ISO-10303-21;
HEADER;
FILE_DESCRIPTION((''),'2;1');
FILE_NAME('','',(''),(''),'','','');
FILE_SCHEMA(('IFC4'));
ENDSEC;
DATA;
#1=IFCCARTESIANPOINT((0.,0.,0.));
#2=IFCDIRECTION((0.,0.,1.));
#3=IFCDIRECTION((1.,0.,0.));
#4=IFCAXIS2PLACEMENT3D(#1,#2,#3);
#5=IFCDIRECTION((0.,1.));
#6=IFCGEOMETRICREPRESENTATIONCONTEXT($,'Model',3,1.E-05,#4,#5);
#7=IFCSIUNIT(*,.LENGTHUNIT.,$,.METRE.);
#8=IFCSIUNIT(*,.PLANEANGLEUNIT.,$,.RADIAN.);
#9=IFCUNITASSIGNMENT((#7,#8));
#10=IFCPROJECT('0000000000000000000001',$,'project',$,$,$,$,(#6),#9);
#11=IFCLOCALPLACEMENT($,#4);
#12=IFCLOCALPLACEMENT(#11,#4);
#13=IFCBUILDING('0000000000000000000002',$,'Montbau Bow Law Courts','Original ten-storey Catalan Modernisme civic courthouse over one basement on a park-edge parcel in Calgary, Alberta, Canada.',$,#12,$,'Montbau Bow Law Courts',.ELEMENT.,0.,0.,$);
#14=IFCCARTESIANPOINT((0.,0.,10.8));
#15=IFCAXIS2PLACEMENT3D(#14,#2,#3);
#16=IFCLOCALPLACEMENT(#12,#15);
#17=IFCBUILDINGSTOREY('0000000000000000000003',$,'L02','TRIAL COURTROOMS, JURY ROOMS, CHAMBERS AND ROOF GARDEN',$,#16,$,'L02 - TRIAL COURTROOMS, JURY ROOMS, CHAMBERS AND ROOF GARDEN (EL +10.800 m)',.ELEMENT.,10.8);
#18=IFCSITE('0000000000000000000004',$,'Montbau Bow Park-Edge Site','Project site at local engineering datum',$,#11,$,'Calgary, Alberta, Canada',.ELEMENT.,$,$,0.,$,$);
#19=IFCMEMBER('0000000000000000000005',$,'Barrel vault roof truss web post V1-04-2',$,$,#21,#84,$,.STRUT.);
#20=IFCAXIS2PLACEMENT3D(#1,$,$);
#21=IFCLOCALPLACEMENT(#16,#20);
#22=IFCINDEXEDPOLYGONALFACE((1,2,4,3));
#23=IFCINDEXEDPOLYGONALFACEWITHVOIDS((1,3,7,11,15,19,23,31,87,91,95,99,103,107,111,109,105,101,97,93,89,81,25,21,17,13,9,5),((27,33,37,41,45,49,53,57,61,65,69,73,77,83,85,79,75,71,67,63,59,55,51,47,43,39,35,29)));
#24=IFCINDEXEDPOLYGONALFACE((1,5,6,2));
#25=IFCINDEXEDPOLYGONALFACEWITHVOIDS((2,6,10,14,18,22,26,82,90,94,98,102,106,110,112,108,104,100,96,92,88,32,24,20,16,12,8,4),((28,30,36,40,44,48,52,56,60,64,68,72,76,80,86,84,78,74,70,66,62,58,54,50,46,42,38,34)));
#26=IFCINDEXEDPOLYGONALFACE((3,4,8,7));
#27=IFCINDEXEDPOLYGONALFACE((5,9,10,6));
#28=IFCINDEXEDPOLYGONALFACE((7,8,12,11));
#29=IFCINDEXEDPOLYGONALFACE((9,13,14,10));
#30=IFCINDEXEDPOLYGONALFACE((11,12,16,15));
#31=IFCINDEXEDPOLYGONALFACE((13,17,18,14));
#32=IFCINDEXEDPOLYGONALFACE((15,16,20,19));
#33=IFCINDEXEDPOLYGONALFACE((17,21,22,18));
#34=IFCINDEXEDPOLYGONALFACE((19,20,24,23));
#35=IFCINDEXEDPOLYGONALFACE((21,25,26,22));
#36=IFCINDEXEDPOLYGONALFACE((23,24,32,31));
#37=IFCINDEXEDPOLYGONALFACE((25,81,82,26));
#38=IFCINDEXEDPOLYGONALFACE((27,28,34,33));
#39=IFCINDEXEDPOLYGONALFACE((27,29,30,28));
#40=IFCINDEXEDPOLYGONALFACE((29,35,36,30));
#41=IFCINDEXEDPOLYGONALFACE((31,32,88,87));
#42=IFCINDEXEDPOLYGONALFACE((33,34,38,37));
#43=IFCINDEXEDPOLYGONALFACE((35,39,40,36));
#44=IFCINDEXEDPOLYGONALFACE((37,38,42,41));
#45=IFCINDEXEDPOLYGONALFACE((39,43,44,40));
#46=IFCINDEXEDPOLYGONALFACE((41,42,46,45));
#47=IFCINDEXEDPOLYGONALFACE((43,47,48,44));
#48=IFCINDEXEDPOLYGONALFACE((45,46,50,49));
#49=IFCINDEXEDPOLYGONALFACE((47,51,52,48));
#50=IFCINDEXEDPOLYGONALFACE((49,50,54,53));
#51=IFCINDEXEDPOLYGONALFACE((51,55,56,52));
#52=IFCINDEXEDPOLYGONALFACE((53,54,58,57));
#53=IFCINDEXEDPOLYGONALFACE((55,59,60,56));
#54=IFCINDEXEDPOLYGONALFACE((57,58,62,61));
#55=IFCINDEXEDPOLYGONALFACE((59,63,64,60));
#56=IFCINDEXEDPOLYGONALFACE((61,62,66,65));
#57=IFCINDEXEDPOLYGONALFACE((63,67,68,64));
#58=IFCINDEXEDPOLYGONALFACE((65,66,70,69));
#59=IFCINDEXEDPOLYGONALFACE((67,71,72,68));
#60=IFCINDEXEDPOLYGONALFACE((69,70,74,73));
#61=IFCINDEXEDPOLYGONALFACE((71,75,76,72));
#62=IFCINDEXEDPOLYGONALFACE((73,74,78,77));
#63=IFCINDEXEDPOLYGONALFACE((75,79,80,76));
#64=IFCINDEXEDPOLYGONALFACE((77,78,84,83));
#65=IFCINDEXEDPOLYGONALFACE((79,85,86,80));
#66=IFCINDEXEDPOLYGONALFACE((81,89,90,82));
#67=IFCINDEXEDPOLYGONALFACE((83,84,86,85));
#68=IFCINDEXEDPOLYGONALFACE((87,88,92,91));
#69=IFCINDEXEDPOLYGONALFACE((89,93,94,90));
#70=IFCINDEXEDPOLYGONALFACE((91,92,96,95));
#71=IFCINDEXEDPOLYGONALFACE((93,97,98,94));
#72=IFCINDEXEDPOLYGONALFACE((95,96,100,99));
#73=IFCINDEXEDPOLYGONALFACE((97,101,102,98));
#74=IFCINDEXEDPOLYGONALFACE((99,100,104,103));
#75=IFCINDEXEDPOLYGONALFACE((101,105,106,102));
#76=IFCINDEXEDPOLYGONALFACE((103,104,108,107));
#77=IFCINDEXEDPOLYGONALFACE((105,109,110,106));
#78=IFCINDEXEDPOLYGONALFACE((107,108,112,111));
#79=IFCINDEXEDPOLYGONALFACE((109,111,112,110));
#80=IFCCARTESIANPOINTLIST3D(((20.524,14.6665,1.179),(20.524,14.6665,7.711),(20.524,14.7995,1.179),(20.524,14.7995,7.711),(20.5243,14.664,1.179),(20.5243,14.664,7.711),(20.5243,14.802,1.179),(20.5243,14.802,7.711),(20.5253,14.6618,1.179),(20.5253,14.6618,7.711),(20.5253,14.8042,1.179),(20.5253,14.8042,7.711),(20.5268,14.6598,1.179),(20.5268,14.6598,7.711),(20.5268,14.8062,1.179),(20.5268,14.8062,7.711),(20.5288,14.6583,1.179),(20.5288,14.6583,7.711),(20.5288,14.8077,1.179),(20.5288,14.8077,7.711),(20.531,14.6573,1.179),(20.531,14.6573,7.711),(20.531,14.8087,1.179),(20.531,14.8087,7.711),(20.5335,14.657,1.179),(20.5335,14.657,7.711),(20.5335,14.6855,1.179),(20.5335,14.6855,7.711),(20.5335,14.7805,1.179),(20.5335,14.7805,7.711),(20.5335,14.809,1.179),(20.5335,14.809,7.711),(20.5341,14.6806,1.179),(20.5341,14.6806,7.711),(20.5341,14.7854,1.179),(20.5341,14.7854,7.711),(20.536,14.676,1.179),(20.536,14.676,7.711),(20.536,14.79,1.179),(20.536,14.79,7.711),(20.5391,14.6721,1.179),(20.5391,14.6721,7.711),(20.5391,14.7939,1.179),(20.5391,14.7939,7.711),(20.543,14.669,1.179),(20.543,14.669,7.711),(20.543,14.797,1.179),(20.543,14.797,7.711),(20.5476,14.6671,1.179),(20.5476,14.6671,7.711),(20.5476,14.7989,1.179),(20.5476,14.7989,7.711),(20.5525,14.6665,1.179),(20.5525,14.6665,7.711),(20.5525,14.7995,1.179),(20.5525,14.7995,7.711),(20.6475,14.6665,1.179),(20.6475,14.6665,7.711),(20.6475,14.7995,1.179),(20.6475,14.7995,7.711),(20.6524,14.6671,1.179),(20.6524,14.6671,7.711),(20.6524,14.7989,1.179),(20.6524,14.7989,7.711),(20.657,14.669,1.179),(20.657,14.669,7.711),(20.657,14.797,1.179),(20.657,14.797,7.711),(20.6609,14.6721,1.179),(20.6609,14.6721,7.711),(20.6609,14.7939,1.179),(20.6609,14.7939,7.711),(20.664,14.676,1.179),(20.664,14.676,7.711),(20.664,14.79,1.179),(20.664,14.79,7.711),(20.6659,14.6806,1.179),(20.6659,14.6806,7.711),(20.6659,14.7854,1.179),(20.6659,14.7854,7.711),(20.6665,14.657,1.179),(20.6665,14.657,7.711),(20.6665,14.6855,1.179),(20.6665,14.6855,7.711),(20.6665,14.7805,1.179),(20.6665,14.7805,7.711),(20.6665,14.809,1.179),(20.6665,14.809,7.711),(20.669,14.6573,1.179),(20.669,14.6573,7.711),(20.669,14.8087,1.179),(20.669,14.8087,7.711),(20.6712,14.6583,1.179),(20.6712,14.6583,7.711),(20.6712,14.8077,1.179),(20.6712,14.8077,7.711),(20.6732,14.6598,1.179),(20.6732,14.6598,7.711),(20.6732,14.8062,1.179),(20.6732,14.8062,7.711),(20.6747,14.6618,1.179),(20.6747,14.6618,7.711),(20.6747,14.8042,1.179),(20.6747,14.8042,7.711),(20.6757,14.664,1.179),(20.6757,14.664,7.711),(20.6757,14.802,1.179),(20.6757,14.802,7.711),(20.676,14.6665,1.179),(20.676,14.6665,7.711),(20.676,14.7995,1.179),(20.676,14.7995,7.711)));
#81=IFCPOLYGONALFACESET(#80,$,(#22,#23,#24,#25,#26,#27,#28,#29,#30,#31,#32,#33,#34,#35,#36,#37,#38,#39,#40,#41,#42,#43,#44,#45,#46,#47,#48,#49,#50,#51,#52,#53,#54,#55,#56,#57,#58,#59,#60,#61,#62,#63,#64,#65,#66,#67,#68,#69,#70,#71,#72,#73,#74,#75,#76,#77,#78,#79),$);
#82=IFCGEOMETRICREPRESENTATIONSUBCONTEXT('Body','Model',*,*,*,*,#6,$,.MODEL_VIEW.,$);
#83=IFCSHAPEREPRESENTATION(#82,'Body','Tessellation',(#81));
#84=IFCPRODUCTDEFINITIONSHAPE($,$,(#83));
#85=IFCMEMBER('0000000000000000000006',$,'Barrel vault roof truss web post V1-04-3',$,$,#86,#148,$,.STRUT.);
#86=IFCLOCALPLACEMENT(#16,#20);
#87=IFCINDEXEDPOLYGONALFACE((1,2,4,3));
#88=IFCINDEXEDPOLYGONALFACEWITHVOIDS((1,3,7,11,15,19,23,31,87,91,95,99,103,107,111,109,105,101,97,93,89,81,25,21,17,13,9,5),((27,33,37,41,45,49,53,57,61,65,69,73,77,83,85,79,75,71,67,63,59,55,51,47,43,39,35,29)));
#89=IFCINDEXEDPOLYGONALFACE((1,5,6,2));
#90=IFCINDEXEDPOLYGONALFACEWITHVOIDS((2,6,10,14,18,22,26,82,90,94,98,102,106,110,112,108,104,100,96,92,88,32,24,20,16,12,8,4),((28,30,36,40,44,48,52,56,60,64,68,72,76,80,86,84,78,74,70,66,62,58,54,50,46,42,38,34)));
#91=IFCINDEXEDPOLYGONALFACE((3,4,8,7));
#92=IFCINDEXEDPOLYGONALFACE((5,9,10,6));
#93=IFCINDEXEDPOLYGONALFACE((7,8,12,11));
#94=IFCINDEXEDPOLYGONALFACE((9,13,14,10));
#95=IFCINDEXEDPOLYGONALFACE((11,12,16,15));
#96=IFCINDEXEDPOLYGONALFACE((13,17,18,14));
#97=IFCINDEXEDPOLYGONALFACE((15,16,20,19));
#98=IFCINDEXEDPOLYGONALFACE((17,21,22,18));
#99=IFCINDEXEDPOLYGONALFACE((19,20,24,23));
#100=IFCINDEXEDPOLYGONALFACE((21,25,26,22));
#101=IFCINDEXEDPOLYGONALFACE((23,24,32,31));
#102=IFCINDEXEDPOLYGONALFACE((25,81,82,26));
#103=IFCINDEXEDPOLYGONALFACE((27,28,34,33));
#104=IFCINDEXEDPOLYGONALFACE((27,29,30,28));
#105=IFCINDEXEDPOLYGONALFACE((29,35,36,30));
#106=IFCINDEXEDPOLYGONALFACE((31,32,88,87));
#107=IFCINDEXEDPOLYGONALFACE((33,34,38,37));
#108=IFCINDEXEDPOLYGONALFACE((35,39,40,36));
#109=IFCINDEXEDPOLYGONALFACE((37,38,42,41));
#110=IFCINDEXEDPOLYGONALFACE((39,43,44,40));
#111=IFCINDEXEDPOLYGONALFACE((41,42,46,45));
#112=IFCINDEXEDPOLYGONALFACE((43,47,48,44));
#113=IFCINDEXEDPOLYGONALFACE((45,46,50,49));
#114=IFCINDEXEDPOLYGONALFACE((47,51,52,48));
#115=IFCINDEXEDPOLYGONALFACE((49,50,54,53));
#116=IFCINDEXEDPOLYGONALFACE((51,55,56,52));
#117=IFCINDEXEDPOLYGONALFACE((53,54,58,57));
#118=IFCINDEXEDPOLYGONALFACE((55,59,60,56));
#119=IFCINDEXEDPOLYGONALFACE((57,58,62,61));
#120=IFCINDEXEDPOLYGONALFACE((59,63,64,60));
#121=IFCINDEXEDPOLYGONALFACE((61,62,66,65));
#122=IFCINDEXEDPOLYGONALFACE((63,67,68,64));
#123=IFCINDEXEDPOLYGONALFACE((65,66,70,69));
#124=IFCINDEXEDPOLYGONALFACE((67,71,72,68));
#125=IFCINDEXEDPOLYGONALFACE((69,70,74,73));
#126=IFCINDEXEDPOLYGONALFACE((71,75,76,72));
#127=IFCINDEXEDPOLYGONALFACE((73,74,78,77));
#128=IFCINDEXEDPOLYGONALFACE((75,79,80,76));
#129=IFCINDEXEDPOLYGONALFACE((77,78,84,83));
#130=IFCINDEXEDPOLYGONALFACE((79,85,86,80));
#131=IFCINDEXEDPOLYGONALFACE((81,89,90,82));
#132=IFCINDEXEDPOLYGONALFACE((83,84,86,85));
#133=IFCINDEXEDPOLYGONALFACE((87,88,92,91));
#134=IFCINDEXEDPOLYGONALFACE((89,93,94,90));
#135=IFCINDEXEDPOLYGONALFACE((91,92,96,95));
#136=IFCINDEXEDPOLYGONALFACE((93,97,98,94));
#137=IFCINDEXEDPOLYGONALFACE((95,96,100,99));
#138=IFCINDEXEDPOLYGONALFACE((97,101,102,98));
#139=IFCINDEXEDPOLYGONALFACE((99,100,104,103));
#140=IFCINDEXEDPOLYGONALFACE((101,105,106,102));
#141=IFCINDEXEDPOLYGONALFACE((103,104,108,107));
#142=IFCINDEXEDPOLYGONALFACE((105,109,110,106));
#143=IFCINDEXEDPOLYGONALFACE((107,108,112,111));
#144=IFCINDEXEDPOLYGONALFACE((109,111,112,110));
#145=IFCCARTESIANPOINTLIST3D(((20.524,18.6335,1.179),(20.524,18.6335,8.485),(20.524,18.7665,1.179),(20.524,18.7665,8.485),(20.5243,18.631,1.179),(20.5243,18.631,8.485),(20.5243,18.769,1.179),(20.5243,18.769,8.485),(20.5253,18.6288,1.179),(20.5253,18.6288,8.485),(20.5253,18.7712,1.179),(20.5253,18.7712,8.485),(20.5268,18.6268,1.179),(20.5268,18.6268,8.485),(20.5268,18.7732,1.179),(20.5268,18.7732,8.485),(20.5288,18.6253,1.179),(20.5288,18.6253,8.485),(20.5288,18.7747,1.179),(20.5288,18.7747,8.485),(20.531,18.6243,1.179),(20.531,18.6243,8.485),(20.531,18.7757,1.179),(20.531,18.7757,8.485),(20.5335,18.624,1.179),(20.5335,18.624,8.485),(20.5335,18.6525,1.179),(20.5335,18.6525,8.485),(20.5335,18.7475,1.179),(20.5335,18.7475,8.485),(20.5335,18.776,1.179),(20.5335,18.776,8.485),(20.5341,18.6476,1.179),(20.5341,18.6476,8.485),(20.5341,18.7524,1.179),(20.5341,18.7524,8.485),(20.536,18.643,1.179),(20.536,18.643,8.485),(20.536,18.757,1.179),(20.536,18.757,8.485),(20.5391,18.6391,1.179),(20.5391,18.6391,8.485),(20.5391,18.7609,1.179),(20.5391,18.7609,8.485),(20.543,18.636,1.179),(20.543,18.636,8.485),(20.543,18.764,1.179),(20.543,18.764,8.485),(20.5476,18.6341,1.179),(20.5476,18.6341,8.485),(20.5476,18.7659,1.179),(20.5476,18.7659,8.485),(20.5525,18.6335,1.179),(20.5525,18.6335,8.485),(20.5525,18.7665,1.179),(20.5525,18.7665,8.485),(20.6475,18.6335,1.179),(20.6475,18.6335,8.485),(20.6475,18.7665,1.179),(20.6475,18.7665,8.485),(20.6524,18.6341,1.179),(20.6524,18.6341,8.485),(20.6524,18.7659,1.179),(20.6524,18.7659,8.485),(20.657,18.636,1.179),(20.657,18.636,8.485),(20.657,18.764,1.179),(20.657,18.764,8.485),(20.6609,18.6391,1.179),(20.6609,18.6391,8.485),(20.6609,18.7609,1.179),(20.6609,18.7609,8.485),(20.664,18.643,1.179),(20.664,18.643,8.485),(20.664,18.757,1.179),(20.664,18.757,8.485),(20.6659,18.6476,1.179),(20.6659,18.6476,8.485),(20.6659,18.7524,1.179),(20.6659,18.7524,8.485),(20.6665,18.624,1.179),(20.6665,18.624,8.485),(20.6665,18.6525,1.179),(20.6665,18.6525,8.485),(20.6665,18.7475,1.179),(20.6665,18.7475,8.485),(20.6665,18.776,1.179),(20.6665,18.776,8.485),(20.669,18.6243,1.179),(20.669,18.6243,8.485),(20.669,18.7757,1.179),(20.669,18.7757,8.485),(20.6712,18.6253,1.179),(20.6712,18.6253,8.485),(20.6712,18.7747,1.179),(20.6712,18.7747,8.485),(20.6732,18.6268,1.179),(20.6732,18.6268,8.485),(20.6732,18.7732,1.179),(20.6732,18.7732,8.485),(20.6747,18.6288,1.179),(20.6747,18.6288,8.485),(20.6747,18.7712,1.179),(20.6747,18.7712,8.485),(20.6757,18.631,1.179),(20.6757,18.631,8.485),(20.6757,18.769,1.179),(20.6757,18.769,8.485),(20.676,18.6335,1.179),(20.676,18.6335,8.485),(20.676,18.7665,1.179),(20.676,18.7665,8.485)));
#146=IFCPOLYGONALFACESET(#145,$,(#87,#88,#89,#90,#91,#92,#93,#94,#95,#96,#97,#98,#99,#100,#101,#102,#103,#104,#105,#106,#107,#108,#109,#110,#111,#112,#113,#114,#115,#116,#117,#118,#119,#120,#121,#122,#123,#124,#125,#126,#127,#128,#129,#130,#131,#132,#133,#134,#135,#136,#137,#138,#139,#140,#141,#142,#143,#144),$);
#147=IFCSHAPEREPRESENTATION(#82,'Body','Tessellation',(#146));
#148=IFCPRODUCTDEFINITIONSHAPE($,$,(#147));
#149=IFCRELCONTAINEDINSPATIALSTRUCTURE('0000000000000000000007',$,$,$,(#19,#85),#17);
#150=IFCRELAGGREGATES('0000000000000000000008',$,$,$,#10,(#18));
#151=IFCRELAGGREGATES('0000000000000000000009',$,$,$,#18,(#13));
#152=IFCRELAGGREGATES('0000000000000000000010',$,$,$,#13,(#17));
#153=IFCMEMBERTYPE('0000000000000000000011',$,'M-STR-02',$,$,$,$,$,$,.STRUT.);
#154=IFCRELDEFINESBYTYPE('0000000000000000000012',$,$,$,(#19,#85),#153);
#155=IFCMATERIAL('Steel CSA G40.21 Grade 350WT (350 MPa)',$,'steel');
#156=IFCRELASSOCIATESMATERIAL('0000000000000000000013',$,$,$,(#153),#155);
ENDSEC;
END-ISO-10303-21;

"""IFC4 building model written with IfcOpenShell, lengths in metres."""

from ifc_helpers import new_model, si_unit, direction, frame, origin_with_axes, origin_2d_with_axis, place, context, subcontext, project, spatial, hollow_rectangle, extrude, material, material_profile, profile_set, type_object, element, save


model = new_model("IFC4")

# Units and contexts
model_context = context("Model", 3, precision=1e-05, world=origin_with_axes(), true_north=direction((0.0, 1.0)))
body_context = subcontext(model_context, "Body", "Model", "MODEL_VIEW")
ifc_project = project(units=[si_unit("LENGTHUNIT", "METRE"), si_unit("PLANEANGLEUNIT", "RADIAN")], contexts=[model_context])

# Site, building, storey
site_placement = place(None, origin_with_axes())
site = spatial("IfcSite", under=ifc_project, at=site_placement, Name="Montbau Bow Park-Edge Site", Description="Project site at local engineering datum", LongName="Calgary, Alberta, Canada", CompositionType="ELEMENT", RefElevation=0.0)
building_placement = place(site_placement, origin_with_axes())
building = spatial("IfcBuilding", under=site, at=building_placement, Name="Montbau Bow Law Courts", Description="Original ten-storey Catalan Modernisme civic courthouse over one basement on a park-edge parcel in Calgary, Alberta, Canada.", LongName="Montbau Bow Law Courts", CompositionType="ELEMENT", ElevationOfRefHeight=0.0, ElevationOfTerrain=0.0)
storey_placement = place(building_placement, frame((0.0, 0.0, 10.8), z_axis=(0.0, 0.0, 1.0), x_axis=(1.0, 0.0, 0.0)))
storey = spatial("IfcBuildingStorey", under=building, at=storey_placement, Name="L02", Description="TRIAL COURTROOMS, JURY ROOMS, CHAMBERS AND ROOF GARDEN", LongName="L02 - TRIAL COURTROOMS, JURY ROOMS, CHAMBERS AND ROOF GARDEN (EL +10.800 m)", CompositionType="ELEMENT", Elevation=10.8)

# Shared definitions
ifc_material = material(Name="Steel CSA G40.21 Grade 350WT (350 MPa)", Category="steel")

# Members
ifc_material_profile_1 = material_profile(ifc_material, hollow_rectangle(XDim=0.152, YDim=0.152, WallThickness=0.0095, InnerFilletRadius=0.019, OuterFilletRadius=0.0095, at=origin_2d_with_axis()), Name="HSS152X152X9.5", Category="Main", Priority=0)
ifc_profile_set_1 = profile_set([ifc_material_profile_1], Name="Steel CSA G40.21 Grade 350WT (350 MPa)")
member_type_1 = type_object("IfcMemberType", Name="M-STR-02", PredefinedType="STRUT", material=ifc_profile_set_1)
for number, where, z_axis, x_axis, name in (
    (1, (20.6, 14.733, 11.979), (0.0, 0.0, 1.0), (1.0, 0.0, 0.0), "Barrel vault roof truss web post V1-04-2"),
):
    element("IfcMember", number, at=place(None, frame(where, z_axis=z_axis, x_axis=x_axis)), inside=storey, type_object=member_type_1, Name=name, PredefinedType="STRUT", context=body_context, shape_type="SweptSolid", body=[
        extrude(hollow_rectangle(XDim=0.152, YDim=0.152, WallThickness=0.0095, InnerFilletRadius=0.019, OuterFilletRadius=0.0095, at=origin_2d_with_axis()), origin_with_axes(), (0.0, 0.0, 1.0), 6.532),
    ])
member_1_placement = place(None, frame((20.6, 18.7, 11.979), z_axis=(0.0, 0.0, 1.0), x_axis=(1.0, 0.0, 0.0)))
element("IfcMember", 2, at=member_1_placement, inside=storey, type_object=member_type_1, Name="Barrel vault roof truss web post V1-04-3", PredefinedType="STRUT", context=body_context, shape_type="SweptSolid", body=[
    extrude(hollow_rectangle(XDim=0.152, YDim=0.152, WallThickness=0.0095, InnerFilletRadius=0.019, OuterFilletRadius=0.0095, at=origin_2d_with_axis()), origin_with_axes(), (0.0, 0.0, 1.0), 7.306),
])

save(model, "model.ifc")
